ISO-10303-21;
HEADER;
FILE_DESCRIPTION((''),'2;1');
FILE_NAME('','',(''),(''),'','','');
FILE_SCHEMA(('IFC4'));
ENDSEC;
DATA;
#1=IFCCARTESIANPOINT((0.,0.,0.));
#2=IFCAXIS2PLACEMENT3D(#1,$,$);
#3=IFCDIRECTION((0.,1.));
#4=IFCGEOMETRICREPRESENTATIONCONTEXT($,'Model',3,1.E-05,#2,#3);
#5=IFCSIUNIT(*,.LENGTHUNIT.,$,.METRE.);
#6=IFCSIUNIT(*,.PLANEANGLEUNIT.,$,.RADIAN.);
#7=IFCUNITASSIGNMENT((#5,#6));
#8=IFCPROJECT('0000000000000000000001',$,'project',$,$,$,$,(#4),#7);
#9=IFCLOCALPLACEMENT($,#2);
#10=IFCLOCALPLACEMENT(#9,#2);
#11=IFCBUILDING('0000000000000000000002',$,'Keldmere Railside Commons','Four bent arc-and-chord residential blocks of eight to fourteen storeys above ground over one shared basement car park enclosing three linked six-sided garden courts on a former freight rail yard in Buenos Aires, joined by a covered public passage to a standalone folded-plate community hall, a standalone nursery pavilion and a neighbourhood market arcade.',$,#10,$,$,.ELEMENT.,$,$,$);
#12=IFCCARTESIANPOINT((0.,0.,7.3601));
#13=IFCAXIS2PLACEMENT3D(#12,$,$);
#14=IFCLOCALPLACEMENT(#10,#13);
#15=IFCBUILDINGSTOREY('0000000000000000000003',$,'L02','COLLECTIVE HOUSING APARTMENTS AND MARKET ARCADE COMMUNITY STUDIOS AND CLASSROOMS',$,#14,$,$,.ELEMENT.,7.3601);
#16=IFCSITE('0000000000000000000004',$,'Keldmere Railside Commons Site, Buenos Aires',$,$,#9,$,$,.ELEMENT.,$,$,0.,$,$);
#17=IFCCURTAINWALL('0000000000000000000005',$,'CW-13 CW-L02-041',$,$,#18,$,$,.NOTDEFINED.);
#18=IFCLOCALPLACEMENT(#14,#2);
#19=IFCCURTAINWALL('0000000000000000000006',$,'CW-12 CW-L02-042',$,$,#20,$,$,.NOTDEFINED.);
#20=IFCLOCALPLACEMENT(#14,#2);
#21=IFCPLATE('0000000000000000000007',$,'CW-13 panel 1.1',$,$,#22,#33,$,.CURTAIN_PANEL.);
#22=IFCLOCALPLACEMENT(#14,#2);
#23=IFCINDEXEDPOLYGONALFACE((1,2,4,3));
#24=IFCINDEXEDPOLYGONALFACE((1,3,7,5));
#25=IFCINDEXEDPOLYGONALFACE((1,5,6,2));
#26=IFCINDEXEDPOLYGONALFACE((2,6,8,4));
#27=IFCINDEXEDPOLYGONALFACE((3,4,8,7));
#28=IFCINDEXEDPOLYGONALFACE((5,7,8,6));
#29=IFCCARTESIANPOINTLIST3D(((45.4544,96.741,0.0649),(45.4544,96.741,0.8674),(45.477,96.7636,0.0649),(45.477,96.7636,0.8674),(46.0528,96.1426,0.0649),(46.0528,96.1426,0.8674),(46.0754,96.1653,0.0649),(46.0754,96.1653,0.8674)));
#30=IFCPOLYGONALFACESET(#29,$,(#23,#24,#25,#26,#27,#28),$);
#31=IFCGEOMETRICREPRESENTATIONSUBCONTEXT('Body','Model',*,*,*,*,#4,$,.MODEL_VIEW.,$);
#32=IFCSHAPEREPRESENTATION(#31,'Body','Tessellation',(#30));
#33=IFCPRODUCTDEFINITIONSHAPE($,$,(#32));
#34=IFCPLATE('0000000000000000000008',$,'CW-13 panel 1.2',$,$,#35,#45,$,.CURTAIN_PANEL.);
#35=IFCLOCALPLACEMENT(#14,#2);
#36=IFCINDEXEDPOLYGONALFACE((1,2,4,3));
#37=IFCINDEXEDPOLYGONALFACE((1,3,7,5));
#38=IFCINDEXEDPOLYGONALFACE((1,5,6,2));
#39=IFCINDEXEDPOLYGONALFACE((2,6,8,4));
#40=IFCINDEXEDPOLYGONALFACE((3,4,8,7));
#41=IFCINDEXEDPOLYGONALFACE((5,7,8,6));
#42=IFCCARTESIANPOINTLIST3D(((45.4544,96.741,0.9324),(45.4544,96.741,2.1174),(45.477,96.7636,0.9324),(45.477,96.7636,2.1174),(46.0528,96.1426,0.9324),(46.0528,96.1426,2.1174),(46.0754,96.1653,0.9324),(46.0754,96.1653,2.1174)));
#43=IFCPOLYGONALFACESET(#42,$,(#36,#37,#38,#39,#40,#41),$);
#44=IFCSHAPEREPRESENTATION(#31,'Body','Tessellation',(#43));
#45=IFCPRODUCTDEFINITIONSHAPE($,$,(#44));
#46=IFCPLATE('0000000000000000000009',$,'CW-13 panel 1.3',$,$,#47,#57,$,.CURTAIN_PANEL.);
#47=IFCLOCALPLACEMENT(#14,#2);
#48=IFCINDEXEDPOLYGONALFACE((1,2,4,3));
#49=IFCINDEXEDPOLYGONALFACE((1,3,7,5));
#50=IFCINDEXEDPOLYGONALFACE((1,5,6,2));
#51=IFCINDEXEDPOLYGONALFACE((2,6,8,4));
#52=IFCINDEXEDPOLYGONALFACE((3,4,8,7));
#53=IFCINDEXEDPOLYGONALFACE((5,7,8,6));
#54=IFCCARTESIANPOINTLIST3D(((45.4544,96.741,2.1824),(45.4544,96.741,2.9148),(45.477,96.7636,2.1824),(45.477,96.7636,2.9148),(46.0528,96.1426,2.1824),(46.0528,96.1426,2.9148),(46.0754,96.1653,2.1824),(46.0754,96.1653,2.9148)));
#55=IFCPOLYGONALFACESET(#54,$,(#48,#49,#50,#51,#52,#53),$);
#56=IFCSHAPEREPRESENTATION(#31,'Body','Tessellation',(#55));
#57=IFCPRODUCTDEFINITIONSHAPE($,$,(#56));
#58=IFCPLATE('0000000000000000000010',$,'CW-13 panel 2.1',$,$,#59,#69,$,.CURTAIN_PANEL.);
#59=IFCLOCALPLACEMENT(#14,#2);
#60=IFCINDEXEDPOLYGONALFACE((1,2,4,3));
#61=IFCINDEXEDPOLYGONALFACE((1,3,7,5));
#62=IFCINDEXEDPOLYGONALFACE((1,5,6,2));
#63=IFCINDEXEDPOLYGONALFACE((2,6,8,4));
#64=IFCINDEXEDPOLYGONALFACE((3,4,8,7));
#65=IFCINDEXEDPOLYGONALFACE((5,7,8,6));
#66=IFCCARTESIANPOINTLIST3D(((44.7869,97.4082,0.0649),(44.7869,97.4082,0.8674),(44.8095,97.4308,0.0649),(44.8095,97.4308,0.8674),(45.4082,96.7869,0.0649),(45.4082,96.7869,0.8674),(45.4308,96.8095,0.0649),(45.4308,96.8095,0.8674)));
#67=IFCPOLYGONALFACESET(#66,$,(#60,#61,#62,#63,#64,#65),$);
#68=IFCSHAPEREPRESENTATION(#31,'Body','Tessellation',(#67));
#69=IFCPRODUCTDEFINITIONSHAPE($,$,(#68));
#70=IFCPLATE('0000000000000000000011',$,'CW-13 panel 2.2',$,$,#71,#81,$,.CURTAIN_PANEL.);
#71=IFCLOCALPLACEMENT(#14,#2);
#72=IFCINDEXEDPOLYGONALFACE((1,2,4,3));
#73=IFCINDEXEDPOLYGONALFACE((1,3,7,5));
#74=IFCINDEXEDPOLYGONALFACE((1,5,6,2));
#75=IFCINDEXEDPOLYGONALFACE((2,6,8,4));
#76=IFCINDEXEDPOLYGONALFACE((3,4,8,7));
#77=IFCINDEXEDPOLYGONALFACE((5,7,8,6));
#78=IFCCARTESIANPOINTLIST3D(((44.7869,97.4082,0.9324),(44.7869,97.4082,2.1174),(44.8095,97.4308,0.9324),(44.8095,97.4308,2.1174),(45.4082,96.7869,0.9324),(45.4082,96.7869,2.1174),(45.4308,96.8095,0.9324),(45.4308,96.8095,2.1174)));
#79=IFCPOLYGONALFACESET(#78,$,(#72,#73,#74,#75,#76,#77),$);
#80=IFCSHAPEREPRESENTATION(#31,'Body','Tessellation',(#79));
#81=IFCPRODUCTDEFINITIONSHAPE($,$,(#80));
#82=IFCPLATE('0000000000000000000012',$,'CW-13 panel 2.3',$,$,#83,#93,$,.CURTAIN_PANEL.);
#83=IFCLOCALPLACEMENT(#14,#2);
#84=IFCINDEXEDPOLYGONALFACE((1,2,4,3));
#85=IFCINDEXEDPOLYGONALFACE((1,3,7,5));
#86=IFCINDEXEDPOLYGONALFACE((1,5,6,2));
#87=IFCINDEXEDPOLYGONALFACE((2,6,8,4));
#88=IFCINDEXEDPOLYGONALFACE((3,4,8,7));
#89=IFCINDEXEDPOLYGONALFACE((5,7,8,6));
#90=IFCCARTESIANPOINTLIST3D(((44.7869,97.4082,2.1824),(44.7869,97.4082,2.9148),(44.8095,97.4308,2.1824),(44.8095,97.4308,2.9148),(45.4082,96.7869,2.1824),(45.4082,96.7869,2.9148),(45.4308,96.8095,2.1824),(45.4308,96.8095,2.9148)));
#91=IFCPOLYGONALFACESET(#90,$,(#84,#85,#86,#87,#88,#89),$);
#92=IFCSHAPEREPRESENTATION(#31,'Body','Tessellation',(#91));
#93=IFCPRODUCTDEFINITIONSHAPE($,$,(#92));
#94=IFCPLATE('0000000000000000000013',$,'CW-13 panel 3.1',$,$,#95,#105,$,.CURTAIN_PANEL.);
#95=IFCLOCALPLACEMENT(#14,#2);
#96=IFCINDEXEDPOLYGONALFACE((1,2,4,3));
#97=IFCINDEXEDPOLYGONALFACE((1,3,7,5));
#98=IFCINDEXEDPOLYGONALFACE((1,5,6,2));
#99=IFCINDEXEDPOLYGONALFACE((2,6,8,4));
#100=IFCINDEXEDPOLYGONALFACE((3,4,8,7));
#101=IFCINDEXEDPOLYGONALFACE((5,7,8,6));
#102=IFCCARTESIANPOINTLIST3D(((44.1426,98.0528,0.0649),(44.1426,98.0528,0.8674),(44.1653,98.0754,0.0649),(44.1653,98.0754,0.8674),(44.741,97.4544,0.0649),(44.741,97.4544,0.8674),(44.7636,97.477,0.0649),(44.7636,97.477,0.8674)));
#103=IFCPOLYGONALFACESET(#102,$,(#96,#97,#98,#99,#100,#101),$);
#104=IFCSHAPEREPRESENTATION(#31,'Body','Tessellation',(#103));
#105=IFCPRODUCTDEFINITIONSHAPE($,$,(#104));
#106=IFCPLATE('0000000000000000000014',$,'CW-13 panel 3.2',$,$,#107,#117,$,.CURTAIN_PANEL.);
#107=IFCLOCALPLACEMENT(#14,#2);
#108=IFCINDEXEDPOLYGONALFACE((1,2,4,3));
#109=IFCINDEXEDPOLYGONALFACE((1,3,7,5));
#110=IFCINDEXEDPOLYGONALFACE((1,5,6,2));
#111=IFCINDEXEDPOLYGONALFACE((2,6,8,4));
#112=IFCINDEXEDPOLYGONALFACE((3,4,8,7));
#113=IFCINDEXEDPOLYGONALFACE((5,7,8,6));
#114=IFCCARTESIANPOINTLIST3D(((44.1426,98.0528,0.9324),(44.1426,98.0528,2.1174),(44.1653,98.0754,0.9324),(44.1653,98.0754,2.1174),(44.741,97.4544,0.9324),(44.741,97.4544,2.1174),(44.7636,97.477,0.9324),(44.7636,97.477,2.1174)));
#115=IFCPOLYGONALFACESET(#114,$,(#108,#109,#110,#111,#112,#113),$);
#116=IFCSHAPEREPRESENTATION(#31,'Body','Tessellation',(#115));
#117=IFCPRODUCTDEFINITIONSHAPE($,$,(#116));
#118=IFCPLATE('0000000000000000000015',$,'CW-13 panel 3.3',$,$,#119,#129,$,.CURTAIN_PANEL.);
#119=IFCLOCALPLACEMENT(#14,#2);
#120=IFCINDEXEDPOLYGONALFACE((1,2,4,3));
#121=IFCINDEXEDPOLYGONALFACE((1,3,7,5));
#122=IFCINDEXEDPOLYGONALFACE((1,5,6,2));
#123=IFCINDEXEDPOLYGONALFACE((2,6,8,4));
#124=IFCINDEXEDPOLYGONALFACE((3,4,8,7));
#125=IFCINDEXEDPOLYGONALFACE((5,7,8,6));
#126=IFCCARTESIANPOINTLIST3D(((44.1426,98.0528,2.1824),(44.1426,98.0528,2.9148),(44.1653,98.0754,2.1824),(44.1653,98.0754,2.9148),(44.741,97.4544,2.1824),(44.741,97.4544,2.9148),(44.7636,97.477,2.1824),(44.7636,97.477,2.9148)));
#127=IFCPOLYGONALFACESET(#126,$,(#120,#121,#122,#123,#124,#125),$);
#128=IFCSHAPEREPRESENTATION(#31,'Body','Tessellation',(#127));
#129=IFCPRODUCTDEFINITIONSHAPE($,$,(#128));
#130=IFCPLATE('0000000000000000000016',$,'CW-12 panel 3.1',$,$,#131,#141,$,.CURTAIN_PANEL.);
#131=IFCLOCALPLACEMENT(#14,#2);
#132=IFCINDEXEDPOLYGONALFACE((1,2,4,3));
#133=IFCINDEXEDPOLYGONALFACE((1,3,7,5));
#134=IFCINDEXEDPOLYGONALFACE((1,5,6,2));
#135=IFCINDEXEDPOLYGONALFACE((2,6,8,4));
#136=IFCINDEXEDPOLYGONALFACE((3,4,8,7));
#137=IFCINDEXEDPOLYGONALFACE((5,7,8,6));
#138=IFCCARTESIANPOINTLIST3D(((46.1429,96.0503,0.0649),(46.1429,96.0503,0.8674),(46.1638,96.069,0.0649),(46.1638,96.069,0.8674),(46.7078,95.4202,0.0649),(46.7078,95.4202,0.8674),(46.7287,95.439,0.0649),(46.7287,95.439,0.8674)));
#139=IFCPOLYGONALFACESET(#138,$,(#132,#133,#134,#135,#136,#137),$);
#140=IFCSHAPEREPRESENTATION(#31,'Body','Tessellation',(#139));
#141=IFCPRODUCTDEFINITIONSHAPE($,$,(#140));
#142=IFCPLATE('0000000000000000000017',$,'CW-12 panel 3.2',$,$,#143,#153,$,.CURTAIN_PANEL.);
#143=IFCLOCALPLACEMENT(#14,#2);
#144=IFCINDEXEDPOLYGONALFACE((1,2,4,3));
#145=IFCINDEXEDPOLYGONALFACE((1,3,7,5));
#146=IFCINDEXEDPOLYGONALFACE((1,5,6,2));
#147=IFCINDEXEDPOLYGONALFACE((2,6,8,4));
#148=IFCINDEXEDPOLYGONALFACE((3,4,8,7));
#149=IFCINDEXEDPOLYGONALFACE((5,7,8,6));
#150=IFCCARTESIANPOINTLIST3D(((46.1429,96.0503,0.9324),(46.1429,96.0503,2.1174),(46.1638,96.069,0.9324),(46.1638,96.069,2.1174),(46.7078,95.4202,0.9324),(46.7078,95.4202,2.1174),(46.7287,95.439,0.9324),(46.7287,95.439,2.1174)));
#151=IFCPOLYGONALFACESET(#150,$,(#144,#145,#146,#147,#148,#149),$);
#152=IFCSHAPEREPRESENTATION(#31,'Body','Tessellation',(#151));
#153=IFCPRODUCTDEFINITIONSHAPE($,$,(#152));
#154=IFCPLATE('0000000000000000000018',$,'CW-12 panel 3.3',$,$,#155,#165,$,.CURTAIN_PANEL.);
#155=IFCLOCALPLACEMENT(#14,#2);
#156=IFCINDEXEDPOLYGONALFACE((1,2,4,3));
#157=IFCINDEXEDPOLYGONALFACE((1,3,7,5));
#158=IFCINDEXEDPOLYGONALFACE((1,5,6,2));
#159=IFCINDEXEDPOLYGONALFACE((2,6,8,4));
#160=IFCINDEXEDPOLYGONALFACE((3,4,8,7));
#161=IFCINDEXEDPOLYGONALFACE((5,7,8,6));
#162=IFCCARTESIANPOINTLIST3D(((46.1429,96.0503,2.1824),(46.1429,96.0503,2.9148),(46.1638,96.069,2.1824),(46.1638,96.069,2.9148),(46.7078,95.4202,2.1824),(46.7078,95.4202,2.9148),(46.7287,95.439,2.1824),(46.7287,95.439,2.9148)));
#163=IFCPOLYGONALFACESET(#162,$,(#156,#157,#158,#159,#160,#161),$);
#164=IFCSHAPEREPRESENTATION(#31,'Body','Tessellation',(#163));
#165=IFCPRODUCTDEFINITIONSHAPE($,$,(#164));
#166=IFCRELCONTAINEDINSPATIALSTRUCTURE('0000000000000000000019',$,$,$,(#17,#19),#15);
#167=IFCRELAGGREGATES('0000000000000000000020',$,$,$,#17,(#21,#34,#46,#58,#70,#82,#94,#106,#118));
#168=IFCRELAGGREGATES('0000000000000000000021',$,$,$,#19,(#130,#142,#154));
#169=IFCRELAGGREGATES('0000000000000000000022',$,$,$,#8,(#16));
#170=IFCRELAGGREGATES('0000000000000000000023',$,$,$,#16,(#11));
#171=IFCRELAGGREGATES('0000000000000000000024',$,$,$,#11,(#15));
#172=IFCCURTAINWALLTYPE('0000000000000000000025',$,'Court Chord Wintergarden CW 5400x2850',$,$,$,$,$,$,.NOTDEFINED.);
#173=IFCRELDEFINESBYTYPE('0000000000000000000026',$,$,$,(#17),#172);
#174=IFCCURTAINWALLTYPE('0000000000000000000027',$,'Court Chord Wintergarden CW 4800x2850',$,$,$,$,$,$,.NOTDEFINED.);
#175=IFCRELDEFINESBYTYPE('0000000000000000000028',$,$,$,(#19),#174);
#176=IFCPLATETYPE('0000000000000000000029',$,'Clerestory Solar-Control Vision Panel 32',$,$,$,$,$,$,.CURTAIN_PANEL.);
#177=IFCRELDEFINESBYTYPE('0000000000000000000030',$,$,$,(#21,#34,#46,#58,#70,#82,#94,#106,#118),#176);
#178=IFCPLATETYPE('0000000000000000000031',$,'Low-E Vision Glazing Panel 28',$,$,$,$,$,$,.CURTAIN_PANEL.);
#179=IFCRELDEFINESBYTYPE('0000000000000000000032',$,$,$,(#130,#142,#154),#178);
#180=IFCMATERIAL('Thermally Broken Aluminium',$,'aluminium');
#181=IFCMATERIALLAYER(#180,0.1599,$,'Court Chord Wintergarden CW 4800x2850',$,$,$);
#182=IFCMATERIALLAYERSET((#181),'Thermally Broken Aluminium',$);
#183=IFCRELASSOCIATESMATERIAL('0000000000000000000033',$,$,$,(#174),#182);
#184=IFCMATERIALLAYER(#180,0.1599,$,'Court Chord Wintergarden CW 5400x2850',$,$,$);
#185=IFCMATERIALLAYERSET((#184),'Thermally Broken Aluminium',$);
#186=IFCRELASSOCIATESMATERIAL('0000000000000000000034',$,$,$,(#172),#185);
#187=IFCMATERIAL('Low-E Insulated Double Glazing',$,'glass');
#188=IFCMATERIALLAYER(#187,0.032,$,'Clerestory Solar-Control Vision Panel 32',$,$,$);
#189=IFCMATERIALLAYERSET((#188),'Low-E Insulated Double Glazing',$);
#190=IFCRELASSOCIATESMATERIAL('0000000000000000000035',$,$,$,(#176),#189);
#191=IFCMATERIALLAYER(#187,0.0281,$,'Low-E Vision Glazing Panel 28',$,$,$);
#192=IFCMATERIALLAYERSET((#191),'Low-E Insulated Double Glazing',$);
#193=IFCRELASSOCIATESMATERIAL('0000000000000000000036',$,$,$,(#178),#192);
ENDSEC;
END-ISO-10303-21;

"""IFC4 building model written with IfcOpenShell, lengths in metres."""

from ifc_helpers import new_model, si_unit, direction, frame, origin, origin_2d, place, context, subcontext, project, spatial, rectangle, extrude, material, layer, layer_set, type_object, element, aggregate, save


model = new_model("IFC4")

# Units and contexts
model_context = context("Model", 3, precision=1e-05, world=origin(), true_north=direction((0.0, 1.0)))
body_context = subcontext(model_context, "Body", "Model", "MODEL_VIEW")
ifc_project = project(units=[si_unit("LENGTHUNIT", "METRE"), si_unit("PLANEANGLEUNIT", "RADIAN")], contexts=[model_context])

# Site, building, storey
site_placement = place(None, origin())
site = spatial("IfcSite", under=ifc_project, at=site_placement, Name="Keldmere Railside Commons Site, Buenos Aires", CompositionType="ELEMENT", RefElevation=0.0)
building_placement = place(site_placement, origin())
building = spatial("IfcBuilding", under=site, at=building_placement, Name="Keldmere Railside Commons", Description="Four bent arc-and-chord residential blocks of eight to fourteen storeys above ground over one shared basement car park enclosing three linked six-sided garden courts on a former freight rail yard in Buenos Aires, joined by a covered public passage to a standalone folded-plate community hall, a standalone nursery pavilion and a neighbourhood market arcade.", CompositionType="ELEMENT")
storey_placement = place(building_placement, frame((0.0, 0.0, 7.3601)))
storey = spatial("IfcBuildingStorey", under=building, at=storey_placement, Name="L02", Description="COLLECTIVE HOUSING APARTMENTS AND MARKET ARCADE COMMUNITY STUDIOS AND CLASSROOMS", CompositionType="ELEMENT", Elevation=7.3601)

# Shared definitions
ifc_material_1 = material(Name="Thermally Broken Aluminium", Category="aluminium")
ifc_layer_1 = layer(ifc_material_1, 0.1599, Name="Court Chord Wintergarden CW 4800x2850")
ifc_layer_set_1 = layer_set([ifc_layer_1], Name="Thermally Broken Aluminium")
curtain_wall_type_1 = type_object("IfcCurtainWallType", Name="Court Chord Wintergarden CW 4800x2850", PredefinedType="NOTDEFINED", material=ifc_layer_set_1)

# Curtain wall
ifc_layer_2 = layer(ifc_material_1, 0.1599, Name="Court Chord Wintergarden CW 5400x2850")
ifc_layer_set_2 = layer_set([ifc_layer_2], Name="Thermally Broken Aluminium")
curtain_wall_type_2 = type_object("IfcCurtainWallType", Name="Court Chord Wintergarden CW 5400x2850", PredefinedType="NOTDEFINED", material=ifc_layer_set_2)
curtain_wall_1_placement = place(storey_placement, origin())
curtain_wall_1 = element("IfcCurtainWall", 1, at=curtain_wall_1_placement, inside=storey, type_object=curtain_wall_type_2, Name="CW-13 CW-L02-041", PredefinedType="NOTDEFINED")

# Curtain wall
curtain_wall_2_placement = place(storey_placement, origin())
curtain_wall_2 = element("IfcCurtainWall", 2, at=curtain_wall_2_placement, inside=storey, type_object=curtain_wall_type_1, Name="CW-12 CW-L02-042", PredefinedType="NOTDEFINED")

# Plates
ifc_material_2 = material(Name="Low-E Insulated Double Glazing", Category="glass")
ifc_layer_3 = layer(ifc_material_2, 0.032, Name="Clerestory Solar-Control Vision Panel 32")
ifc_layer_set_3 = layer_set([ifc_layer_3], Name="Low-E Insulated Double Glazing")
plate_type_1 = type_object("IfcPlateType", Name="Clerestory Solar-Control Vision Panel 32", PredefinedType="CURTAIN_PANEL", material=ifc_layer_set_3)
plate_1_placement = place(storey_placement, frame((45.7649, 96.4531, 0.0649), z_axis=(0.0, 0.0, 1.0), x_axis=(-0.707107, 0.707107, 0.0)))
plate_1 = element("IfcPlate", 3, at=plate_1_placement, type_object=plate_type_1, Name="CW-13 panel 1.1", PredefinedType="CURTAIN_PANEL", context=body_context, shape_type="SweptSolid", body=[
    extrude(rectangle(XDim=0.8462, YDim=0.032, at=origin_2d()), origin(), (0.0, 0.0, 1.0), 0.8025),
])
plate_2_placement = place(storey_placement, frame((45.7649, 96.4531, 0.9324), z_axis=(0.0, 0.0, 1.0), x_axis=(-0.707107, 0.707107, 0.0)))
plate_2 = element("IfcPlate", 4, at=plate_2_placement, type_object=plate_type_1, Name="CW-13 panel 1.2", PredefinedType="CURTAIN_PANEL", context=body_context, shape_type="SweptSolid", body=[
    extrude(rectangle(XDim=0.8462, YDim=0.032, at=origin_2d()), origin(), (0.0, 0.0, 1.0), 1.1851),
])
plate_3_placement = place(storey_placement, frame((45.7649, 96.4531, 2.1824), z_axis=(0.0, 0.0, 1.0), x_axis=(-0.707107, 0.707107, 0.0)))
plate_3 = element("IfcPlate", 5, at=plate_3_placement, type_object=plate_type_1, Name="CW-13 panel 1.3", PredefinedType="CURTAIN_PANEL", context=body_context, shape_type="SweptSolid", body=[
    extrude(rectangle(XDim=0.8462, YDim=0.032, at=origin_2d()), origin(), (0.0, 0.0, 1.0), 0.7324),
])
plate_4_placement = place(storey_placement, frame((45.1089, 97.1089, 0.0649), z_axis=(0.0, 0.0, 1.0), x_axis=(-0.707107, 0.707107, 0.0)))
plate_4 = element("IfcPlate", 6, at=plate_4_placement, type_object=plate_type_1, Name="CW-13 panel 2.1", PredefinedType="CURTAIN_PANEL", context=body_context, shape_type="SweptSolid", body=[
    extrude(rectangle(XDim=0.8787, YDim=0.032, at=origin_2d()), origin(), (0.0, 0.0, 1.0), 0.8025),
])
plate_5_placement = place(storey_placement, frame((45.1089, 97.1089, 0.9324), z_axis=(0.0, 0.0, 1.0), x_axis=(-0.707107, 0.707107, 0.0)))
plate_5 = element("IfcPlate", 7, at=plate_5_placement, type_object=plate_type_1, Name="CW-13 panel 2.2", PredefinedType="CURTAIN_PANEL", context=body_context, shape_type="SweptSolid", body=[
    extrude(rectangle(XDim=0.8787, YDim=0.032, at=origin_2d()), origin(), (0.0, 0.0, 1.0), 1.1851),
])
plate_6_placement = place(storey_placement, frame((45.1089, 97.1089, 2.1824), z_axis=(0.0, 0.0, 1.0), x_axis=(-0.707107, 0.707107, 0.0)))
plate_6 = element("IfcPlate", 8, at=plate_6_placement, type_object=plate_type_1, Name="CW-13 panel 2.3", PredefinedType="CURTAIN_PANEL", context=body_context, shape_type="SweptSolid", body=[
    extrude(rectangle(XDim=0.8787, YDim=0.032, at=origin_2d()), origin(), (0.0, 0.0, 1.0), 0.7324),
])
plate_7_placement = place(storey_placement, frame((44.4531, 97.7649, 0.0649), z_axis=(0.0, 0.0, 1.0), x_axis=(-0.707107, 0.707107, 0.0)))
plate_7 = element("IfcPlate", 9, at=plate_7_placement, type_object=plate_type_1, Name="CW-13 panel 3.1", PredefinedType="CURTAIN_PANEL", context=body_context, shape_type="SweptSolid", body=[
    extrude(rectangle(XDim=0.8462, YDim=0.032, at=origin_2d()), origin(), (0.0, 0.0, 1.0), 0.8025),
])
plate_8_placement = place(storey_placement, frame((44.4531, 97.7649, 0.9324), z_axis=(0.0, 0.0, 1.0), x_axis=(-0.707107, 0.707107, 0.0)))
plate_8 = element("IfcPlate", 10, at=plate_8_placement, type_object=plate_type_1, Name="CW-13 panel 3.2", PredefinedType="CURTAIN_PANEL", context=body_context, shape_type="SweptSolid", body=[
    extrude(rectangle(XDim=0.8462, YDim=0.032, at=origin_2d()), origin(), (0.0, 0.0, 1.0), 1.1851),
])
plate_9_placement = place(storey_placement, frame((44.4531, 97.7649, 2.1824), z_axis=(0.0, 0.0, 1.0), x_axis=(-0.707107, 0.707107, 0.0)))
plate_9 = element("IfcPlate", 11, at=plate_9_placement, type_object=plate_type_1, Name="CW-13 panel 3.3", PredefinedType="CURTAIN_PANEL", context=body_context, shape_type="SweptSolid", body=[
    extrude(rectangle(XDim=0.8462, YDim=0.032, at=origin_2d()), origin(), (0.0, 0.0, 1.0), 0.7324),
])
aggregate(curtain_wall_1, [plate_1, plate_2, plate_3, plate_4, plate_5, plate_6, plate_7, plate_8, plate_9])
ifc_layer_4 = layer(ifc_material_2, 0.0281, Name="Low-E Vision Glazing Panel 28")
ifc_layer_set_4 = layer_set([ifc_layer_4], Name="Low-E Insulated Double Glazing")
plate_type_2 = type_object("IfcPlateType", Name="Low-E Vision Glazing Panel 28", PredefinedType="CURTAIN_PANEL", material=ifc_layer_set_4)
plate_10_placement = place(storey_placement, frame((46.4358, 95.7446, 0.0649), z_axis=(0.0, 0.0, 1.0), x_axis=(-0.667559, 0.744557, 0.0)))
plate_10 = element("IfcPlate", 12, at=plate_10_placement, type_object=plate_type_2, Name="CW-12 panel 3.1", PredefinedType="CURTAIN_PANEL", context=body_context, shape_type="SweptSolid", body=[
    extrude(rectangle(XDim=0.8462, YDim=0.0281, at=origin_2d()), origin(), (0.0, 0.0, 1.0), 0.8025),
])
plate_11_placement = place(storey_placement, frame((46.4358, 95.7446, 0.9324), z_axis=(0.0, 0.0, 1.0), x_axis=(-0.667559, 0.744557, 0.0)))
plate_11 = element("IfcPlate", 13, at=plate_11_placement, type_object=plate_type_2, Name="CW-12 panel 3.2", PredefinedType="CURTAIN_PANEL", context=body_context, shape_type="SweptSolid", body=[
    extrude(rectangle(XDim=0.8462, YDim=0.0281, at=origin_2d()), origin(), (0.0, 0.0, 1.0), 1.1851),
])
plate_12_placement = place(storey_placement, frame((46.4358, 95.7446, 2.1824), z_axis=(0.0, 0.0, 1.0), x_axis=(-0.667559, 0.744557, 0.0)))
plate_12 = element("IfcPlate", 14, at=plate_12_placement, type_object=plate_type_2, Name="CW-12 panel 3.3", PredefinedType="CURTAIN_PANEL", context=body_context, shape_type="SweptSolid", body=[
    extrude(rectangle(XDim=0.8462, YDim=0.0281, at=origin_2d()), origin(), (0.0, 0.0, 1.0), 0.7324),
])
aggregate(curtain_wall_2, [plate_10, plate_11, plate_12])

save(model, "model.ifc")
